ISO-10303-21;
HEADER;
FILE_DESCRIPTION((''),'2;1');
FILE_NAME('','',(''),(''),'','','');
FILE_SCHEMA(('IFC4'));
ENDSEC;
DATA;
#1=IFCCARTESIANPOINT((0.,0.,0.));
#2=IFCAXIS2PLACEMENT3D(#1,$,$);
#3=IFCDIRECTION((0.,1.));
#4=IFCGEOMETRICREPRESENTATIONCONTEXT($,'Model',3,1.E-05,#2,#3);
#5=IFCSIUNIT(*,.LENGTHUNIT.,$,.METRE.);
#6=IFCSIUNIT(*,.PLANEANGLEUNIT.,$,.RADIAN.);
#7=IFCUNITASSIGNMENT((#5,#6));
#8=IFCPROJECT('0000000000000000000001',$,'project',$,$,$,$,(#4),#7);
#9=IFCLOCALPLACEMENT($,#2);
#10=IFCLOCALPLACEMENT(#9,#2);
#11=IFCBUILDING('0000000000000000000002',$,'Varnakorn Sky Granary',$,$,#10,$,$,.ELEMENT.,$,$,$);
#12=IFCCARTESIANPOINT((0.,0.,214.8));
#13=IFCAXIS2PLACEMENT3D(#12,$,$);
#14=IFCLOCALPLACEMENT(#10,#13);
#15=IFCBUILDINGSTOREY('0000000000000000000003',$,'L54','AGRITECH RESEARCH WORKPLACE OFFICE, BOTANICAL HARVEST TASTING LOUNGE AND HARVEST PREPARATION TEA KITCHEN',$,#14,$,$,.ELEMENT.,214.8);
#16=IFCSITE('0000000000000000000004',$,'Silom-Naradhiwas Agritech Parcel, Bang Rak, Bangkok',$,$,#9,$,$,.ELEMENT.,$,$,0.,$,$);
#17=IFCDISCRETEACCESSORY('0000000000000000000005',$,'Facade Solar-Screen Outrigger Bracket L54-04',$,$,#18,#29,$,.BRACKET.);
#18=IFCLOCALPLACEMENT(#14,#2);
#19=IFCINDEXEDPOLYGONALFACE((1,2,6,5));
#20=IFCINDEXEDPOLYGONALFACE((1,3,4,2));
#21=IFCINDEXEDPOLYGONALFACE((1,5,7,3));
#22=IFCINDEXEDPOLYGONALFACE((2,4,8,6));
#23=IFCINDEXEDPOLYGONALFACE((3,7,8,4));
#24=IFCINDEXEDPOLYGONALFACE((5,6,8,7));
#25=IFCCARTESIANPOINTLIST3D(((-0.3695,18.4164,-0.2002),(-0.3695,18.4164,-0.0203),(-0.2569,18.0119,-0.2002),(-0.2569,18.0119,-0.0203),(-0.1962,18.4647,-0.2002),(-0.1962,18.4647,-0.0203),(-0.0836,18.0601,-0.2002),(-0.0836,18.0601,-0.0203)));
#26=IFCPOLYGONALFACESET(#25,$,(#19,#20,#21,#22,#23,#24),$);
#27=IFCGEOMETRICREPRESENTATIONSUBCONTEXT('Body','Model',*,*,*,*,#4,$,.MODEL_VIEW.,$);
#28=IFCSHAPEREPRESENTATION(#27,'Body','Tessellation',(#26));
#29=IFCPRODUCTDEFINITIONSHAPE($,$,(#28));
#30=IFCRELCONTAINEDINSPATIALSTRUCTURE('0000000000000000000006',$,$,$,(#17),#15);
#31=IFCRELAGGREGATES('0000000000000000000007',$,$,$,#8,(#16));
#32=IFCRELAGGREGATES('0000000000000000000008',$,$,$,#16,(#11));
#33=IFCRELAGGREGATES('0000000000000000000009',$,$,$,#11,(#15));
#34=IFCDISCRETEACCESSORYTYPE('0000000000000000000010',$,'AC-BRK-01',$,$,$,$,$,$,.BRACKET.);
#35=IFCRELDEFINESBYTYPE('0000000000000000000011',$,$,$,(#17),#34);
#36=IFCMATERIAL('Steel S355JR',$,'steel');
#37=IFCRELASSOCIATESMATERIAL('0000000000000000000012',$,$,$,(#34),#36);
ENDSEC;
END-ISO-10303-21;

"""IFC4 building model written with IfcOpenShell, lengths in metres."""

from ifc_helpers import new_model, si_unit, direction, frame, origin, origin_2d, place, context, subcontext, project, spatial, rectangle, extrude, source, transform, mapped, material, type_object, type_shapes, element, save


model = new_model("IFC4")

# Units and contexts
model_context = context("Model", 3, precision=1e-05, world=origin(), true_north=direction((0.0, 1.0)))
body_context = subcontext(model_context, "Body", "Model", "MODEL_VIEW")
ifc_project = project(units=[si_unit("LENGTHUNIT", "METRE"), si_unit("PLANEANGLEUNIT", "RADIAN")], contexts=[model_context])

# Site, building, storey
site_placement = place(None, origin())
site = spatial("IfcSite", under=ifc_project, at=site_placement, Name="Silom-Naradhiwas Agritech Parcel, Bang Rak, Bangkok", CompositionType="ELEMENT", RefElevation=0.0)
building_placement = place(site_placement, origin())
building = spatial("IfcBuilding", under=site, at=building_placement, Name="Varnakorn Sky Granary", CompositionType="ELEMENT")
storey_placement = place(building_placement, frame((0.0, 0.0, 214.8)))
storey = spatial("IfcBuildingStorey", under=building, at=storey_placement, Name="L54", Description="AGRITECH RESEARCH WORKPLACE OFFICE, BOTANICAL HARVEST TASTING LOUNGE AND HARVEST PREPARATION TEA KITCHEN", CompositionType="ELEMENT", Elevation=214.8)

# Shared definitions
ifc_material_1 = material(Name="Steel S355JR", Category="steel")

# Discrete accessory
discrete_accessory_type = type_object("IfcDiscreteAccessoryType", Name="AC-BRK-01", PredefinedType="BRACKET", material=ifc_material_1)
shared_shape_1 = source(origin(), body_context, "Body", "SweptSolid", [
    extrude(rectangle(XDim=0.1799, YDim=0.4199, at=origin_2d()), origin(), (0.0, 0.0, 1.0), 0.1799),
])
type_shapes(discrete_accessory_type, [shared_shape_1])
discrete_accessory_placement = place(storey_placement, frame((-0.2266, 18.2383, -0.2002), z_axis=(0.0, 0.0, 1.0), x_axis=(-0.963376, -0.268153, 0.0)))
element("IfcDiscreteAccessory", 1, at=discrete_accessory_placement, inside=storey, type_object=discrete_accessory_type, Name="Facade Solar-Screen Outrigger Bracket L54-04", PredefinedType="BRACKET", context=body_context, shape_type="MappedRepresentation", body=[
    mapped(shared_shape_1, transform((0.0, 0.0, 0.0), x_axis=(1.0, 0.0, 0.0), y_axis=(0.0, 1.0, 0.0), z_axis=(0.0, 0.0, 1.0), scale=1.0)),
])

save(model, "model.ifc")
